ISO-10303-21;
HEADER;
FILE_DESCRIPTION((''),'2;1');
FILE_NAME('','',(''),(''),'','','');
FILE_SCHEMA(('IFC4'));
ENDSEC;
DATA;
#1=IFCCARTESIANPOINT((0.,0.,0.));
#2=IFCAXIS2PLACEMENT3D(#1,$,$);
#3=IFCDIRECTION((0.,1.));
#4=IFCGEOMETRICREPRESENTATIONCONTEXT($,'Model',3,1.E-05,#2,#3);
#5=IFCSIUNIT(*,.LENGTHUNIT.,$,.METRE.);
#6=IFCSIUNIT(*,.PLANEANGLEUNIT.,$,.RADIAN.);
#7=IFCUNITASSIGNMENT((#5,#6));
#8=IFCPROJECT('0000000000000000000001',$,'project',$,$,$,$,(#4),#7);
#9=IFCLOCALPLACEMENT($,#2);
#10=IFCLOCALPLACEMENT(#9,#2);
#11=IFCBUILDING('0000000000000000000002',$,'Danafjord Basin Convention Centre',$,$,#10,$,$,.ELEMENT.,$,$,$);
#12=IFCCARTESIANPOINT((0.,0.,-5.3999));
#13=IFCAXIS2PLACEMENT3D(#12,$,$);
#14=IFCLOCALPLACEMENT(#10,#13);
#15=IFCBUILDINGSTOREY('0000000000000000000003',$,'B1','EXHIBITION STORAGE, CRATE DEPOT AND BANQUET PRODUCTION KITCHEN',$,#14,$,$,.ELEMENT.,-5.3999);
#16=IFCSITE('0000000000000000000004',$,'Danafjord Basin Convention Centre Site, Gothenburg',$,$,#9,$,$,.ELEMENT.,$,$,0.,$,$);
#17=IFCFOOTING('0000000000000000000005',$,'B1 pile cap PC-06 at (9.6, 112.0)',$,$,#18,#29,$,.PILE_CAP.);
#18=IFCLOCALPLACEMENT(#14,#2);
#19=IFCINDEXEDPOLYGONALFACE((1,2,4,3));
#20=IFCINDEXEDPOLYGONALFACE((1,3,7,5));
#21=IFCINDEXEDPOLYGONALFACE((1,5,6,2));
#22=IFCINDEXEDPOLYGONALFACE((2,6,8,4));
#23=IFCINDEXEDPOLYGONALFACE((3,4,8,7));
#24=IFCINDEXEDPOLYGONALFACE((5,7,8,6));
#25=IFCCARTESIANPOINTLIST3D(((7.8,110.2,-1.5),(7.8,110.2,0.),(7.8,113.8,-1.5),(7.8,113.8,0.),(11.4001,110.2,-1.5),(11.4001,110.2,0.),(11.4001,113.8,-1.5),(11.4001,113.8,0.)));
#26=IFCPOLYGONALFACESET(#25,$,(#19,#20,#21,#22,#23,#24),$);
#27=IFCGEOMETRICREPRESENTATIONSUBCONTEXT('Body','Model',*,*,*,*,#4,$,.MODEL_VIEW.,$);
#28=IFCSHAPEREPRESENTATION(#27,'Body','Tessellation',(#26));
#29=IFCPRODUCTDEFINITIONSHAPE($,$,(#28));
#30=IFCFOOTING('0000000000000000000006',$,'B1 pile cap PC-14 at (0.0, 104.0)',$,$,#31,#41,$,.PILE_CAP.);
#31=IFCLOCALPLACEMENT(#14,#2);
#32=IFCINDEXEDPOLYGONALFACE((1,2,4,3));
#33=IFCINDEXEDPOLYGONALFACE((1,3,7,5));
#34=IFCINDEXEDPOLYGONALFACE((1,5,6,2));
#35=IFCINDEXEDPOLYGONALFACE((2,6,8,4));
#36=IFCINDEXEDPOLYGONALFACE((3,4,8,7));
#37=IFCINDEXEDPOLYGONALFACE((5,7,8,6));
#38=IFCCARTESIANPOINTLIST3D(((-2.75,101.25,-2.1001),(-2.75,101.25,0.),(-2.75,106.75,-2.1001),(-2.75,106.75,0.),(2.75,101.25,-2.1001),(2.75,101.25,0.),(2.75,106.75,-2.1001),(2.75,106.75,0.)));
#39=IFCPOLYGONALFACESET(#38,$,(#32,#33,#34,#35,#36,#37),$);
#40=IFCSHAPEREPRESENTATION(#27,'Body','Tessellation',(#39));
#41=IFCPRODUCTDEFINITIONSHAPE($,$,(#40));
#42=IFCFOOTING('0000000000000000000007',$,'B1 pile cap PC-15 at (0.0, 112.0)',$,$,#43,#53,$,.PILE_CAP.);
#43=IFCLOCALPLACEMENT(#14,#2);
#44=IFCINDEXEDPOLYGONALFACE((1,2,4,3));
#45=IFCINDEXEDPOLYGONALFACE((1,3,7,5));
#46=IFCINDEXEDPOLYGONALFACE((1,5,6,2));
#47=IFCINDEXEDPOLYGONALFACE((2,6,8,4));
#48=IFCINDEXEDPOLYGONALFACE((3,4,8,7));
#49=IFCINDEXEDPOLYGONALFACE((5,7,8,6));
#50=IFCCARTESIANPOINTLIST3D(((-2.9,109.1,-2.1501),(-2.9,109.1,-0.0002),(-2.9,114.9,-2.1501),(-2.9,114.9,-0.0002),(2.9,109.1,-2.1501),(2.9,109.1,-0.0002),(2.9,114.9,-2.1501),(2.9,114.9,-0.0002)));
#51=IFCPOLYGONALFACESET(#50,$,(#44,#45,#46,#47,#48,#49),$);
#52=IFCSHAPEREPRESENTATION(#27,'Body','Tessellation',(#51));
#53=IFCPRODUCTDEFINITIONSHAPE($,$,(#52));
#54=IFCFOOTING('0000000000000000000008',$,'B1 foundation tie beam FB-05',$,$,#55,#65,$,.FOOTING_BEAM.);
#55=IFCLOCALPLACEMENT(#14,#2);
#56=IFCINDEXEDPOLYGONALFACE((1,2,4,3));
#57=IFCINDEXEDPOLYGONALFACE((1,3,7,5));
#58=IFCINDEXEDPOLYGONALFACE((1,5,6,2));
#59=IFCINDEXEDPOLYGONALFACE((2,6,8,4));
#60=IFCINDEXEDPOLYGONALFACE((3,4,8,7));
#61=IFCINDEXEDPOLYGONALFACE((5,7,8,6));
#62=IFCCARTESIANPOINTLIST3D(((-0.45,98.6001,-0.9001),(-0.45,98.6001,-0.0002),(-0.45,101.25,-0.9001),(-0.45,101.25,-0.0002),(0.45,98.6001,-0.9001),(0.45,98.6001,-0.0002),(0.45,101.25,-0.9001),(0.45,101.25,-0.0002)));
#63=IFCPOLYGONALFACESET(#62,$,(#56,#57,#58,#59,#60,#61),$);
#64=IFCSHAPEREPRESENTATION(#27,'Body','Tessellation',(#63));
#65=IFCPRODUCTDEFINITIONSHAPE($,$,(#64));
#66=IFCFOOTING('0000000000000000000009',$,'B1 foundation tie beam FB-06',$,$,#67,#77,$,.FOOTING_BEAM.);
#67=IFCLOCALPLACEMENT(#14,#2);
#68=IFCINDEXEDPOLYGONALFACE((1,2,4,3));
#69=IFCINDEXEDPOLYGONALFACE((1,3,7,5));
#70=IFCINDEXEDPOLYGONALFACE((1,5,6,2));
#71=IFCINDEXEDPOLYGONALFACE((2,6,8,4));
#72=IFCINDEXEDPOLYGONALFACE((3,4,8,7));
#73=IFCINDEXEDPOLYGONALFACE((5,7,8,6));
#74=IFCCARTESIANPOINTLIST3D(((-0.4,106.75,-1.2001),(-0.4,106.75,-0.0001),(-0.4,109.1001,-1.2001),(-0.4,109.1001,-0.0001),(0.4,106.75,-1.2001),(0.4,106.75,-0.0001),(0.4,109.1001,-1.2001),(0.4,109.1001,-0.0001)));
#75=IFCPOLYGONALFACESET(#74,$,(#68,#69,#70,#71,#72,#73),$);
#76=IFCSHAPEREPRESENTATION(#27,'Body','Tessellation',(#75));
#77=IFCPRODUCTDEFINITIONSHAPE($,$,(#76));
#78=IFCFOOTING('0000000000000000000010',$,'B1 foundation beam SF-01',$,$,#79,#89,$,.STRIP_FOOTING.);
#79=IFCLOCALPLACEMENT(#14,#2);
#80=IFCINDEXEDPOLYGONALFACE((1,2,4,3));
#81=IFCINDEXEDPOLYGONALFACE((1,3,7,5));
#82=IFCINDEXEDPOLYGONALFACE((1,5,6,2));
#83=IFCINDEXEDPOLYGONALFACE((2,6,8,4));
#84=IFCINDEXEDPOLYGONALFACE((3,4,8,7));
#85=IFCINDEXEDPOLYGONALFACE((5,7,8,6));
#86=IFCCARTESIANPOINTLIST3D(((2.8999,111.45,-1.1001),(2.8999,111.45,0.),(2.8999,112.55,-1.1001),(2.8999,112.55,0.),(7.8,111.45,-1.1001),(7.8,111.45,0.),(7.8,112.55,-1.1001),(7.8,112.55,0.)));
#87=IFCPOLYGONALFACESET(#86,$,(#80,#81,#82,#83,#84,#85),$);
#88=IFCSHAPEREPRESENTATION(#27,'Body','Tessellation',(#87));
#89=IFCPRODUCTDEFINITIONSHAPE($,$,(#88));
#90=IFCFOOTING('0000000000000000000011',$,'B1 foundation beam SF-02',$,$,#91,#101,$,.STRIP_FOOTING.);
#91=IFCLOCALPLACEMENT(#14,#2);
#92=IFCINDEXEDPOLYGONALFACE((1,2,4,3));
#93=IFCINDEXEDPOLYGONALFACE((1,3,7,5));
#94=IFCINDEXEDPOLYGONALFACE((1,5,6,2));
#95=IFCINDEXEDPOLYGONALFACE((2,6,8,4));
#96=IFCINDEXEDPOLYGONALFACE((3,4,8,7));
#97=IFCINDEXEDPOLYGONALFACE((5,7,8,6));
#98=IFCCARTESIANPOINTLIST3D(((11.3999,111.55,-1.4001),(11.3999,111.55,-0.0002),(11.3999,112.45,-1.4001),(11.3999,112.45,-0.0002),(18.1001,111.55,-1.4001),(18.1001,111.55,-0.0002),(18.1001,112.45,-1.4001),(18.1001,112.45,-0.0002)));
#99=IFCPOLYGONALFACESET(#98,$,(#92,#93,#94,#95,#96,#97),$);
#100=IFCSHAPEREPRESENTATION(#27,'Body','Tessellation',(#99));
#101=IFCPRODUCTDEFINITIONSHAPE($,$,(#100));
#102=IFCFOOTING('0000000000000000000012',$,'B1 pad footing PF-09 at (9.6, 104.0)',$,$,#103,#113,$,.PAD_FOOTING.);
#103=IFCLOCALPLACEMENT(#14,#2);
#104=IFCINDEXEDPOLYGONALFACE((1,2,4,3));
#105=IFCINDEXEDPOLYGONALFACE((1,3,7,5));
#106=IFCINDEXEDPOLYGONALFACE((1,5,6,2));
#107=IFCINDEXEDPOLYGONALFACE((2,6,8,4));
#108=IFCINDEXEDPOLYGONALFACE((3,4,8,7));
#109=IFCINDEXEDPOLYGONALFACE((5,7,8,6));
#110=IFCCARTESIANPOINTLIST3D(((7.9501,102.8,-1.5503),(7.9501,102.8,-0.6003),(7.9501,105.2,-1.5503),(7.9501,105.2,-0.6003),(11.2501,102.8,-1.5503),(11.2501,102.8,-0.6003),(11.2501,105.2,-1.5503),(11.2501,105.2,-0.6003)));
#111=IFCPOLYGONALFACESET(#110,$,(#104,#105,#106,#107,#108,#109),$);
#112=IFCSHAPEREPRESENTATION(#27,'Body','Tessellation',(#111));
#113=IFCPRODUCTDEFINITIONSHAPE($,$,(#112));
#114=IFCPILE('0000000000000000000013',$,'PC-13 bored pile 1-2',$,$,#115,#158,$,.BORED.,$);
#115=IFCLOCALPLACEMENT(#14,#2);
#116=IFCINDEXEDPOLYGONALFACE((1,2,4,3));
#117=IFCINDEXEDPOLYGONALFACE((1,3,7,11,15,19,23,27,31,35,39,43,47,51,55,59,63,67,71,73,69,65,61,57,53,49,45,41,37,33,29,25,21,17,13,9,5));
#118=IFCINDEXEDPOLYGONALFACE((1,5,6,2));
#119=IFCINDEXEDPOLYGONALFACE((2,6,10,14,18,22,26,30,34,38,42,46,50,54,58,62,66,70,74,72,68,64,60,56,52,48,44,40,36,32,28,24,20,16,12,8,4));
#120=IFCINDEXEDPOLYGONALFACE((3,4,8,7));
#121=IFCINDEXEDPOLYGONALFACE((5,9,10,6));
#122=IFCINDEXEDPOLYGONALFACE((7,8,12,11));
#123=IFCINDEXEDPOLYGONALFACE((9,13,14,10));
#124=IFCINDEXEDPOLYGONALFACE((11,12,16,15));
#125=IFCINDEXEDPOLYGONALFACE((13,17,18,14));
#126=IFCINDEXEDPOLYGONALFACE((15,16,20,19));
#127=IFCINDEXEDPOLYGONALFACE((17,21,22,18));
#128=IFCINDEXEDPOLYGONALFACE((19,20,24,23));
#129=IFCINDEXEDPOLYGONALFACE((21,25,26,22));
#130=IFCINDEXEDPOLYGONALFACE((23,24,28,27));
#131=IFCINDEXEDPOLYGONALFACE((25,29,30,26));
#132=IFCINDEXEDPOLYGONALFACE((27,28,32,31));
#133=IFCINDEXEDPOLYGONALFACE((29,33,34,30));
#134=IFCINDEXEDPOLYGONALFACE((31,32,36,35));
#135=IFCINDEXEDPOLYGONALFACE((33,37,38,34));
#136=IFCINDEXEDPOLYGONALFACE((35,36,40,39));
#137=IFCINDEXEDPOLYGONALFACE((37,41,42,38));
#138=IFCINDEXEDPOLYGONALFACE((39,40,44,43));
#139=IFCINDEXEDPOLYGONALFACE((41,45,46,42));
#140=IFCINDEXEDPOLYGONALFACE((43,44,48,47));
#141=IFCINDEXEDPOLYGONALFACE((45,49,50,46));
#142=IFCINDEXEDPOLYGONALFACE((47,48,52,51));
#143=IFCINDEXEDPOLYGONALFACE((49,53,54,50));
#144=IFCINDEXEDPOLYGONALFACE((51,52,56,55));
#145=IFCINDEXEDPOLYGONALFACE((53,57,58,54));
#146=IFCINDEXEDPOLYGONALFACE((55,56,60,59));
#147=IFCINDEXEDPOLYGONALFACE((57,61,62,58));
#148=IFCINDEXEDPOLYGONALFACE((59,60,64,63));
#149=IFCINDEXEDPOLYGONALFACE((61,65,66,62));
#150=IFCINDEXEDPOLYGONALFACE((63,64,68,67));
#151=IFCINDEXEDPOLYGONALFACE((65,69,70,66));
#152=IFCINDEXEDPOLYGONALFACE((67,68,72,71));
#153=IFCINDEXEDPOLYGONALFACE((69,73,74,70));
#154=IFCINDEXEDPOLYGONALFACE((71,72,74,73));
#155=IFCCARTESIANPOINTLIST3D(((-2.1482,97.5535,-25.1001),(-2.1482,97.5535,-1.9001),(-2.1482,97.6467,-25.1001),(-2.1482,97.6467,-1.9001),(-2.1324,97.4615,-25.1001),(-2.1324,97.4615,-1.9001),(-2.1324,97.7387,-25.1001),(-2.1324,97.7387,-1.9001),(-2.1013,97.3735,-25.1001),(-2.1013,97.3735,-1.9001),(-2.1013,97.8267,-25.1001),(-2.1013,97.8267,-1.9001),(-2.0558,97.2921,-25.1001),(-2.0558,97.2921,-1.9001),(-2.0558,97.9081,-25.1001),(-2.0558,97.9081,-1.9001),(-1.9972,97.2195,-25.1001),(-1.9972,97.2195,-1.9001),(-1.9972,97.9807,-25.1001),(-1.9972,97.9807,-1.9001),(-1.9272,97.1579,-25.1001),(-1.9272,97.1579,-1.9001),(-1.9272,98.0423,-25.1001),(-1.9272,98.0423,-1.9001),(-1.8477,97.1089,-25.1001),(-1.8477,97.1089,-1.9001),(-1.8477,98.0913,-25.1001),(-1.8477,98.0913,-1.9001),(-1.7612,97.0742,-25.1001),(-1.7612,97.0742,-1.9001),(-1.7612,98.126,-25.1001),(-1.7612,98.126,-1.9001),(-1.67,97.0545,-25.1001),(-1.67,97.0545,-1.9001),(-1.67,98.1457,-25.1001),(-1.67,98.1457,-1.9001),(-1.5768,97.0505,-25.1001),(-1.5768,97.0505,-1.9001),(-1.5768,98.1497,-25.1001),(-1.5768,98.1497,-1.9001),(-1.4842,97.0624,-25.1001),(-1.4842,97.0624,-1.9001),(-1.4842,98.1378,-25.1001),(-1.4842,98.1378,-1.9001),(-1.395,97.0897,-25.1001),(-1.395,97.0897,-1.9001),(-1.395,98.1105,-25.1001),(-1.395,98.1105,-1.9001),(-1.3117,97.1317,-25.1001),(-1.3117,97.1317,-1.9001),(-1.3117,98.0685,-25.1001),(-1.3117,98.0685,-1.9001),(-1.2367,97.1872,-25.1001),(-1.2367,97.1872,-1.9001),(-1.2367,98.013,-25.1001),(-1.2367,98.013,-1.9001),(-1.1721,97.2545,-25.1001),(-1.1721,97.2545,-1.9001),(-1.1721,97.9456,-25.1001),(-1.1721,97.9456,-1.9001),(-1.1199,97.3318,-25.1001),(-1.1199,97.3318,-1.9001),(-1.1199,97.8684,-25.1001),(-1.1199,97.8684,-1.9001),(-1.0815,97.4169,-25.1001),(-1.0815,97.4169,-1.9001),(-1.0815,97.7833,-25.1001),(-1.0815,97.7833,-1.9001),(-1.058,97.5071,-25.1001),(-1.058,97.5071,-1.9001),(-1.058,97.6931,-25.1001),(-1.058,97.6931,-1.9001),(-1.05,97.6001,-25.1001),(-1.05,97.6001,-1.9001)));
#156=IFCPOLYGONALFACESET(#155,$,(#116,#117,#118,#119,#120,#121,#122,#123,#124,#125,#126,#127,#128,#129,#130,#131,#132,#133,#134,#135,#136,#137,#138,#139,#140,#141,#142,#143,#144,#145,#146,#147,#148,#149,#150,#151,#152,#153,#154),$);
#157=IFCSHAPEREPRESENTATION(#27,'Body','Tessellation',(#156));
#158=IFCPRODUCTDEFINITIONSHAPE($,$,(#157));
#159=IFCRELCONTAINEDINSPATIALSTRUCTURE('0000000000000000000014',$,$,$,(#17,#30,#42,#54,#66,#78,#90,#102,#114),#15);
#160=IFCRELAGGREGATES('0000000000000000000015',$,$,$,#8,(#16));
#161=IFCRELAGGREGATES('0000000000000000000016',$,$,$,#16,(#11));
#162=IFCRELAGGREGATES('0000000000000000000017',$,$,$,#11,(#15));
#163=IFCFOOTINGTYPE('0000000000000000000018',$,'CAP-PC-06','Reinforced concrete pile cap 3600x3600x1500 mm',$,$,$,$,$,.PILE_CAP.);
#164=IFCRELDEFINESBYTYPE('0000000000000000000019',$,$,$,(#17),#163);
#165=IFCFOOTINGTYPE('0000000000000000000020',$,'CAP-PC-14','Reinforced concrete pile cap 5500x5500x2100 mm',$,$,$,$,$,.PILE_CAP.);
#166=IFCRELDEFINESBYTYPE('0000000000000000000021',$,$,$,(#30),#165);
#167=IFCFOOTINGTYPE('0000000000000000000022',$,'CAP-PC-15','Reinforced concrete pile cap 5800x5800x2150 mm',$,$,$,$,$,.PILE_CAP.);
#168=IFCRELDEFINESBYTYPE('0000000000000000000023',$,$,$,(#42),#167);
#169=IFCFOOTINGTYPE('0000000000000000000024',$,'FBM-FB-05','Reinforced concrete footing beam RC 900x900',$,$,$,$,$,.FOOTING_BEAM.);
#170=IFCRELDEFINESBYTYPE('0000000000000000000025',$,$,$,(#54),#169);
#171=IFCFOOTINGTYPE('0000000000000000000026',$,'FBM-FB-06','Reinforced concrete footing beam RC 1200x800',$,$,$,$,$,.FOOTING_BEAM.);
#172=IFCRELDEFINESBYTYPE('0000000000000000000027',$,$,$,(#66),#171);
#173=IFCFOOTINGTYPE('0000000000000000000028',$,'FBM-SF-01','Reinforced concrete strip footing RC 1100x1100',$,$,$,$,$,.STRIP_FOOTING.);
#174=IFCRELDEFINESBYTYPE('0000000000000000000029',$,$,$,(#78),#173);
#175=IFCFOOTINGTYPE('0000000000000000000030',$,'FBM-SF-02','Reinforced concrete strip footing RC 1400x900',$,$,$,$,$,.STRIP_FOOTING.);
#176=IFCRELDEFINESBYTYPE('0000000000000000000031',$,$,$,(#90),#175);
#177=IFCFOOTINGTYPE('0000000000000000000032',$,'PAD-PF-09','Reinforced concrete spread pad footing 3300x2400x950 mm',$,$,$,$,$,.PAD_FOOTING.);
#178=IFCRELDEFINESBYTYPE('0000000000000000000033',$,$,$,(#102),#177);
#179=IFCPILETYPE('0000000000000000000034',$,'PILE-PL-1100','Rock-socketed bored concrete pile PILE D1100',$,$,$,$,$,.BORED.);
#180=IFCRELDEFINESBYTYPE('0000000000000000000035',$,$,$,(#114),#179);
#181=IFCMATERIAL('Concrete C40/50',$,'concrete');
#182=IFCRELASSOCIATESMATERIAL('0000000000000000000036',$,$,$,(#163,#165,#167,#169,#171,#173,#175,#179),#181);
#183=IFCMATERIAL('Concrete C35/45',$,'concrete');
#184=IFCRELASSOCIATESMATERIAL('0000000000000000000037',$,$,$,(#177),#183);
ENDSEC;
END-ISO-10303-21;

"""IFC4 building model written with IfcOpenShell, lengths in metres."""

from ifc_helpers import new_model, si_unit, direction, frame, origin, origin_2d, place, context, subcontext, project, spatial, rectangle, circle, extrude, material, material_profile, profile_set, type_object, element, save


model = new_model("IFC4")

# Units and contexts
model_context = context("Model", 3, precision=1e-05, world=origin(), true_north=direction((0.0, 1.0)))
body_context = subcontext(model_context, "Body", "Model", "MODEL_VIEW")
ifc_project = project(units=[si_unit("LENGTHUNIT", "METRE"), si_unit("PLANEANGLEUNIT", "RADIAN")], contexts=[model_context])

# Site, building, storey
site_placement = place(None, origin())
site = spatial("IfcSite", under=ifc_project, at=site_placement, Name="Danafjord Basin Convention Centre Site, Gothenburg", CompositionType="ELEMENT", RefElevation=0.0)
building_placement = place(site_placement, origin())
building = spatial("IfcBuilding", under=site, at=building_placement, Name="Danafjord Basin Convention Centre", CompositionType="ELEMENT")
storey_placement = place(building_placement, frame((0.0, 0.0, -5.3999)))
storey = spatial("IfcBuildingStorey", under=building, at=storey_placement, Name="B1", Description="EXHIBITION STORAGE, CRATE DEPOT AND BANQUET PRODUCTION KITCHEN", CompositionType="ELEMENT", Elevation=-5.3999)

# Footings
ifc_material_1 = material(Name="Concrete C40/50", Category="concrete")
footing_type_1 = type_object("IfcFootingType", Name="CAP-PC-06", Description="Reinforced concrete pile cap 3600x3600x1500 mm", PredefinedType="PILE_CAP", material=ifc_material_1)
footing_1_placement = place(storey_placement, frame((9.6001, 112.0, -1.5), z_axis=(0.0, 0.0, 1.0), x_axis=(1.0, 0.0, 0.0)))
element("IfcFooting", 1, at=footing_1_placement, inside=storey, type_object=footing_type_1, Name="B1 pile cap PC-06 at (9.6, 112.0)", PredefinedType="PILE_CAP", context=body_context, shape_type="SweptSolid", body=[
    extrude(rectangle(XDim=3.6001, YDim=3.6001, at=origin_2d()), origin(), (0.0, 0.0, 1.0), 1.5),
])
footing_type_2 = type_object("IfcFootingType", Name="CAP-PC-14", Description="Reinforced concrete pile cap 5500x5500x2100 mm", PredefinedType="PILE_CAP", material=ifc_material_1)
footing_2_placement = place(storey_placement, frame((0.0, 104.0, -2.1001), z_axis=(0.0, 0.0, 1.0), x_axis=(1.0, 0.0, 0.0)))
element("IfcFooting", 2, at=footing_2_placement, inside=storey, type_object=footing_type_2, Name="B1 pile cap PC-14 at (0.0, 104.0)", PredefinedType="PILE_CAP", context=body_context, shape_type="SweptSolid", body=[
    extrude(rectangle(XDim=5.5, YDim=5.5, at=origin_2d()), origin(), (0.0, 0.0, 1.0), 2.1001),
])
footing_type_3 = type_object("IfcFootingType", Name="CAP-PC-15", Description="Reinforced concrete pile cap 5800x5800x2150 mm", PredefinedType="PILE_CAP", material=ifc_material_1)
footing_3_placement = place(storey_placement, frame((0.0, 112.0, -2.1501), z_axis=(0.0, 0.0, 1.0), x_axis=(1.0, 0.0, 0.0)))
element("IfcFooting", 3, at=footing_3_placement, inside=storey, type_object=footing_type_3, Name="B1 pile cap PC-15 at (0.0, 112.0)", PredefinedType="PILE_CAP", context=body_context, shape_type="SweptSolid", body=[
    extrude(rectangle(XDim=5.8, YDim=5.8, at=origin_2d()), origin(), (0.0, 0.0, 1.0), 2.1499),
])
ifc_material_profile_1 = material_profile(ifc_material_1, rectangle(XDim=0.8999, YDim=0.8999, at=origin_2d()), Name="RC 900x900")
ifc_profile_set_1 = profile_set([ifc_material_profile_1], Name="Concrete C40/50")
footing_type_4 = type_object("IfcFootingType", Name="FBM-FB-05", Description="Reinforced concrete footing beam RC 900x900", PredefinedType="FOOTING_BEAM", material=ifc_profile_set_1)
footing_4_placement = place(storey_placement, frame((0.0, 98.6001, -0.4502), z_axis=(0.0, 1.0, 0.0), x_axis=(-1.0, 0.0, 0.0)))
element("IfcFooting", 4, at=footing_4_placement, inside=storey, type_object=footing_type_4, Name="B1 foundation tie beam FB-05", PredefinedType="FOOTING_BEAM", context=body_context, shape_type="SweptSolid", body=[
    extrude(rectangle(XDim=0.8999, YDim=0.8999, at=origin_2d()), origin(), (0.0, 0.0, 1.0), 2.6499),
])
ifc_material_profile_2 = material_profile(ifc_material_1, rectangle(XDim=0.8, YDim=1.2, at=origin_2d()), Name="RC 1200x800")
ifc_profile_set_2 = profile_set([ifc_material_profile_2], Name="Concrete C40/50")
footing_type_5 = type_object("IfcFootingType", Name="FBM-FB-06", Description="Reinforced concrete footing beam RC 1200x800", PredefinedType="FOOTING_BEAM", material=ifc_profile_set_2)
footing_5_placement = place(storey_placement, frame((0.0, 106.75, -0.6001), z_axis=(0.0, 1.0, 0.0), x_axis=(-1.0, 0.0, 0.0)))
element("IfcFooting", 5, at=footing_5_placement, inside=storey, type_object=footing_type_5, Name="B1 foundation tie beam FB-06", PredefinedType="FOOTING_BEAM", context=body_context, shape_type="SweptSolid", body=[
    extrude(rectangle(XDim=0.8, YDim=1.2, at=origin_2d()), origin(), (0.0, 0.0, 1.0), 2.3501),
])
ifc_material_profile_3 = material_profile(ifc_material_1, rectangle(XDim=1.1001, YDim=1.1001, at=origin_2d()), Name="RC 1100x1100")
ifc_profile_set_3 = profile_set([ifc_material_profile_3], Name="Concrete C40/50")
footing_type_6 = type_object("IfcFootingType", Name="FBM-SF-01", Description="Reinforced concrete strip footing RC 1100x1100", PredefinedType="STRIP_FOOTING", material=ifc_profile_set_3)
footing_6_placement = place(storey_placement, frame((2.8999, 112.0, -0.55), z_axis=(1.0, 0.0, 0.0), x_axis=(0.0, 1.0, 0.0)))
element("IfcFooting", 6, at=footing_6_placement, inside=storey, type_object=footing_type_6, Name="B1 foundation beam SF-01", PredefinedType="STRIP_FOOTING", context=body_context, shape_type="SweptSolid", body=[
    extrude(rectangle(XDim=1.1001, YDim=1.1001, at=origin_2d()), origin(), (0.0, 0.0, 1.0), 4.9001),
])
ifc_material_profile_4 = material_profile(ifc_material_1, rectangle(XDim=0.8999, YDim=1.3999, at=origin_2d()), Name="RC 1400x900")
ifc_profile_set_4 = profile_set([ifc_material_profile_4], Name="Concrete C40/50")
footing_type_7 = type_object("IfcFootingType", Name="FBM-SF-02", Description="Reinforced concrete strip footing RC 1400x900", PredefinedType="STRIP_FOOTING", material=ifc_profile_set_4)
footing_7_placement = place(storey_placement, frame((11.3999, 112.0, -0.7002), z_axis=(1.0, 0.0, 0.0), x_axis=(0.0, 1.0, 0.0)))
element("IfcFooting", 7, at=footing_7_placement, inside=storey, type_object=footing_type_7, Name="B1 foundation beam SF-02", PredefinedType="STRIP_FOOTING", context=body_context, shape_type="SweptSolid", body=[
    extrude(rectangle(XDim=0.8999, YDim=1.3999, at=origin_2d()), origin(), (0.0, 0.0, 1.0), 6.7002),
])
ifc_material_2 = material(Name="Concrete C35/45", Category="concrete")
footing_type_8 = type_object("IfcFootingType", Name="PAD-PF-09", Description="Reinforced concrete spread pad footing 3300x2400x950 mm", PredefinedType="PAD_FOOTING", material=ifc_material_2)
footing_8_placement = place(storey_placement, frame((9.6001, 104.0, -1.5503), z_axis=(0.0, 0.0, 1.0), x_axis=(1.0, 0.0, 0.0)))
element("IfcFooting", 8, at=footing_8_placement, inside=storey, type_object=footing_type_8, Name="B1 pad footing PF-09 at (9.6, 104.0)", PredefinedType="PAD_FOOTING", context=body_context, shape_type="SweptSolid", body=[
    extrude(rectangle(XDim=3.3, YDim=2.3999, at=origin_2d()), origin(), (0.0, 0.0, 1.0), 0.95),
])

# Pile
ifc_material_profile_5 = material_profile(ifc_material_1, circle(Radius=0.55, at=origin_2d()), Name="PILE D1100")
ifc_profile_set_5 = profile_set([ifc_material_profile_5], Name="Concrete C40/50")
pile_type_1 = type_object("IfcPileType", Name="PILE-PL-1100", Description="Rock-socketed bored concrete pile PILE D1100", PredefinedType="BORED", material=ifc_profile_set_5)
for number, where, z_axis, x_axis, name in (
    (9, (-1.6001, 97.6001, -1.9001), (0.0, 0.0, -1.0), (1.0, 0.0, 0.0), "PC-13 bored pile 1-2"),
):
    element("IfcPile", number, at=place(storey_placement, frame(where, z_axis=z_axis, x_axis=x_axis)), inside=storey, type_object=pile_type_1, Name=name, PredefinedType="BORED", context=body_context, shape_type="SweptSolid", body=[
        extrude(circle(Radius=0.55, at=origin_2d()), origin(), (0.0, 0.0, 1.0), 23.2),
    ])

save(model, "model.ifc")
